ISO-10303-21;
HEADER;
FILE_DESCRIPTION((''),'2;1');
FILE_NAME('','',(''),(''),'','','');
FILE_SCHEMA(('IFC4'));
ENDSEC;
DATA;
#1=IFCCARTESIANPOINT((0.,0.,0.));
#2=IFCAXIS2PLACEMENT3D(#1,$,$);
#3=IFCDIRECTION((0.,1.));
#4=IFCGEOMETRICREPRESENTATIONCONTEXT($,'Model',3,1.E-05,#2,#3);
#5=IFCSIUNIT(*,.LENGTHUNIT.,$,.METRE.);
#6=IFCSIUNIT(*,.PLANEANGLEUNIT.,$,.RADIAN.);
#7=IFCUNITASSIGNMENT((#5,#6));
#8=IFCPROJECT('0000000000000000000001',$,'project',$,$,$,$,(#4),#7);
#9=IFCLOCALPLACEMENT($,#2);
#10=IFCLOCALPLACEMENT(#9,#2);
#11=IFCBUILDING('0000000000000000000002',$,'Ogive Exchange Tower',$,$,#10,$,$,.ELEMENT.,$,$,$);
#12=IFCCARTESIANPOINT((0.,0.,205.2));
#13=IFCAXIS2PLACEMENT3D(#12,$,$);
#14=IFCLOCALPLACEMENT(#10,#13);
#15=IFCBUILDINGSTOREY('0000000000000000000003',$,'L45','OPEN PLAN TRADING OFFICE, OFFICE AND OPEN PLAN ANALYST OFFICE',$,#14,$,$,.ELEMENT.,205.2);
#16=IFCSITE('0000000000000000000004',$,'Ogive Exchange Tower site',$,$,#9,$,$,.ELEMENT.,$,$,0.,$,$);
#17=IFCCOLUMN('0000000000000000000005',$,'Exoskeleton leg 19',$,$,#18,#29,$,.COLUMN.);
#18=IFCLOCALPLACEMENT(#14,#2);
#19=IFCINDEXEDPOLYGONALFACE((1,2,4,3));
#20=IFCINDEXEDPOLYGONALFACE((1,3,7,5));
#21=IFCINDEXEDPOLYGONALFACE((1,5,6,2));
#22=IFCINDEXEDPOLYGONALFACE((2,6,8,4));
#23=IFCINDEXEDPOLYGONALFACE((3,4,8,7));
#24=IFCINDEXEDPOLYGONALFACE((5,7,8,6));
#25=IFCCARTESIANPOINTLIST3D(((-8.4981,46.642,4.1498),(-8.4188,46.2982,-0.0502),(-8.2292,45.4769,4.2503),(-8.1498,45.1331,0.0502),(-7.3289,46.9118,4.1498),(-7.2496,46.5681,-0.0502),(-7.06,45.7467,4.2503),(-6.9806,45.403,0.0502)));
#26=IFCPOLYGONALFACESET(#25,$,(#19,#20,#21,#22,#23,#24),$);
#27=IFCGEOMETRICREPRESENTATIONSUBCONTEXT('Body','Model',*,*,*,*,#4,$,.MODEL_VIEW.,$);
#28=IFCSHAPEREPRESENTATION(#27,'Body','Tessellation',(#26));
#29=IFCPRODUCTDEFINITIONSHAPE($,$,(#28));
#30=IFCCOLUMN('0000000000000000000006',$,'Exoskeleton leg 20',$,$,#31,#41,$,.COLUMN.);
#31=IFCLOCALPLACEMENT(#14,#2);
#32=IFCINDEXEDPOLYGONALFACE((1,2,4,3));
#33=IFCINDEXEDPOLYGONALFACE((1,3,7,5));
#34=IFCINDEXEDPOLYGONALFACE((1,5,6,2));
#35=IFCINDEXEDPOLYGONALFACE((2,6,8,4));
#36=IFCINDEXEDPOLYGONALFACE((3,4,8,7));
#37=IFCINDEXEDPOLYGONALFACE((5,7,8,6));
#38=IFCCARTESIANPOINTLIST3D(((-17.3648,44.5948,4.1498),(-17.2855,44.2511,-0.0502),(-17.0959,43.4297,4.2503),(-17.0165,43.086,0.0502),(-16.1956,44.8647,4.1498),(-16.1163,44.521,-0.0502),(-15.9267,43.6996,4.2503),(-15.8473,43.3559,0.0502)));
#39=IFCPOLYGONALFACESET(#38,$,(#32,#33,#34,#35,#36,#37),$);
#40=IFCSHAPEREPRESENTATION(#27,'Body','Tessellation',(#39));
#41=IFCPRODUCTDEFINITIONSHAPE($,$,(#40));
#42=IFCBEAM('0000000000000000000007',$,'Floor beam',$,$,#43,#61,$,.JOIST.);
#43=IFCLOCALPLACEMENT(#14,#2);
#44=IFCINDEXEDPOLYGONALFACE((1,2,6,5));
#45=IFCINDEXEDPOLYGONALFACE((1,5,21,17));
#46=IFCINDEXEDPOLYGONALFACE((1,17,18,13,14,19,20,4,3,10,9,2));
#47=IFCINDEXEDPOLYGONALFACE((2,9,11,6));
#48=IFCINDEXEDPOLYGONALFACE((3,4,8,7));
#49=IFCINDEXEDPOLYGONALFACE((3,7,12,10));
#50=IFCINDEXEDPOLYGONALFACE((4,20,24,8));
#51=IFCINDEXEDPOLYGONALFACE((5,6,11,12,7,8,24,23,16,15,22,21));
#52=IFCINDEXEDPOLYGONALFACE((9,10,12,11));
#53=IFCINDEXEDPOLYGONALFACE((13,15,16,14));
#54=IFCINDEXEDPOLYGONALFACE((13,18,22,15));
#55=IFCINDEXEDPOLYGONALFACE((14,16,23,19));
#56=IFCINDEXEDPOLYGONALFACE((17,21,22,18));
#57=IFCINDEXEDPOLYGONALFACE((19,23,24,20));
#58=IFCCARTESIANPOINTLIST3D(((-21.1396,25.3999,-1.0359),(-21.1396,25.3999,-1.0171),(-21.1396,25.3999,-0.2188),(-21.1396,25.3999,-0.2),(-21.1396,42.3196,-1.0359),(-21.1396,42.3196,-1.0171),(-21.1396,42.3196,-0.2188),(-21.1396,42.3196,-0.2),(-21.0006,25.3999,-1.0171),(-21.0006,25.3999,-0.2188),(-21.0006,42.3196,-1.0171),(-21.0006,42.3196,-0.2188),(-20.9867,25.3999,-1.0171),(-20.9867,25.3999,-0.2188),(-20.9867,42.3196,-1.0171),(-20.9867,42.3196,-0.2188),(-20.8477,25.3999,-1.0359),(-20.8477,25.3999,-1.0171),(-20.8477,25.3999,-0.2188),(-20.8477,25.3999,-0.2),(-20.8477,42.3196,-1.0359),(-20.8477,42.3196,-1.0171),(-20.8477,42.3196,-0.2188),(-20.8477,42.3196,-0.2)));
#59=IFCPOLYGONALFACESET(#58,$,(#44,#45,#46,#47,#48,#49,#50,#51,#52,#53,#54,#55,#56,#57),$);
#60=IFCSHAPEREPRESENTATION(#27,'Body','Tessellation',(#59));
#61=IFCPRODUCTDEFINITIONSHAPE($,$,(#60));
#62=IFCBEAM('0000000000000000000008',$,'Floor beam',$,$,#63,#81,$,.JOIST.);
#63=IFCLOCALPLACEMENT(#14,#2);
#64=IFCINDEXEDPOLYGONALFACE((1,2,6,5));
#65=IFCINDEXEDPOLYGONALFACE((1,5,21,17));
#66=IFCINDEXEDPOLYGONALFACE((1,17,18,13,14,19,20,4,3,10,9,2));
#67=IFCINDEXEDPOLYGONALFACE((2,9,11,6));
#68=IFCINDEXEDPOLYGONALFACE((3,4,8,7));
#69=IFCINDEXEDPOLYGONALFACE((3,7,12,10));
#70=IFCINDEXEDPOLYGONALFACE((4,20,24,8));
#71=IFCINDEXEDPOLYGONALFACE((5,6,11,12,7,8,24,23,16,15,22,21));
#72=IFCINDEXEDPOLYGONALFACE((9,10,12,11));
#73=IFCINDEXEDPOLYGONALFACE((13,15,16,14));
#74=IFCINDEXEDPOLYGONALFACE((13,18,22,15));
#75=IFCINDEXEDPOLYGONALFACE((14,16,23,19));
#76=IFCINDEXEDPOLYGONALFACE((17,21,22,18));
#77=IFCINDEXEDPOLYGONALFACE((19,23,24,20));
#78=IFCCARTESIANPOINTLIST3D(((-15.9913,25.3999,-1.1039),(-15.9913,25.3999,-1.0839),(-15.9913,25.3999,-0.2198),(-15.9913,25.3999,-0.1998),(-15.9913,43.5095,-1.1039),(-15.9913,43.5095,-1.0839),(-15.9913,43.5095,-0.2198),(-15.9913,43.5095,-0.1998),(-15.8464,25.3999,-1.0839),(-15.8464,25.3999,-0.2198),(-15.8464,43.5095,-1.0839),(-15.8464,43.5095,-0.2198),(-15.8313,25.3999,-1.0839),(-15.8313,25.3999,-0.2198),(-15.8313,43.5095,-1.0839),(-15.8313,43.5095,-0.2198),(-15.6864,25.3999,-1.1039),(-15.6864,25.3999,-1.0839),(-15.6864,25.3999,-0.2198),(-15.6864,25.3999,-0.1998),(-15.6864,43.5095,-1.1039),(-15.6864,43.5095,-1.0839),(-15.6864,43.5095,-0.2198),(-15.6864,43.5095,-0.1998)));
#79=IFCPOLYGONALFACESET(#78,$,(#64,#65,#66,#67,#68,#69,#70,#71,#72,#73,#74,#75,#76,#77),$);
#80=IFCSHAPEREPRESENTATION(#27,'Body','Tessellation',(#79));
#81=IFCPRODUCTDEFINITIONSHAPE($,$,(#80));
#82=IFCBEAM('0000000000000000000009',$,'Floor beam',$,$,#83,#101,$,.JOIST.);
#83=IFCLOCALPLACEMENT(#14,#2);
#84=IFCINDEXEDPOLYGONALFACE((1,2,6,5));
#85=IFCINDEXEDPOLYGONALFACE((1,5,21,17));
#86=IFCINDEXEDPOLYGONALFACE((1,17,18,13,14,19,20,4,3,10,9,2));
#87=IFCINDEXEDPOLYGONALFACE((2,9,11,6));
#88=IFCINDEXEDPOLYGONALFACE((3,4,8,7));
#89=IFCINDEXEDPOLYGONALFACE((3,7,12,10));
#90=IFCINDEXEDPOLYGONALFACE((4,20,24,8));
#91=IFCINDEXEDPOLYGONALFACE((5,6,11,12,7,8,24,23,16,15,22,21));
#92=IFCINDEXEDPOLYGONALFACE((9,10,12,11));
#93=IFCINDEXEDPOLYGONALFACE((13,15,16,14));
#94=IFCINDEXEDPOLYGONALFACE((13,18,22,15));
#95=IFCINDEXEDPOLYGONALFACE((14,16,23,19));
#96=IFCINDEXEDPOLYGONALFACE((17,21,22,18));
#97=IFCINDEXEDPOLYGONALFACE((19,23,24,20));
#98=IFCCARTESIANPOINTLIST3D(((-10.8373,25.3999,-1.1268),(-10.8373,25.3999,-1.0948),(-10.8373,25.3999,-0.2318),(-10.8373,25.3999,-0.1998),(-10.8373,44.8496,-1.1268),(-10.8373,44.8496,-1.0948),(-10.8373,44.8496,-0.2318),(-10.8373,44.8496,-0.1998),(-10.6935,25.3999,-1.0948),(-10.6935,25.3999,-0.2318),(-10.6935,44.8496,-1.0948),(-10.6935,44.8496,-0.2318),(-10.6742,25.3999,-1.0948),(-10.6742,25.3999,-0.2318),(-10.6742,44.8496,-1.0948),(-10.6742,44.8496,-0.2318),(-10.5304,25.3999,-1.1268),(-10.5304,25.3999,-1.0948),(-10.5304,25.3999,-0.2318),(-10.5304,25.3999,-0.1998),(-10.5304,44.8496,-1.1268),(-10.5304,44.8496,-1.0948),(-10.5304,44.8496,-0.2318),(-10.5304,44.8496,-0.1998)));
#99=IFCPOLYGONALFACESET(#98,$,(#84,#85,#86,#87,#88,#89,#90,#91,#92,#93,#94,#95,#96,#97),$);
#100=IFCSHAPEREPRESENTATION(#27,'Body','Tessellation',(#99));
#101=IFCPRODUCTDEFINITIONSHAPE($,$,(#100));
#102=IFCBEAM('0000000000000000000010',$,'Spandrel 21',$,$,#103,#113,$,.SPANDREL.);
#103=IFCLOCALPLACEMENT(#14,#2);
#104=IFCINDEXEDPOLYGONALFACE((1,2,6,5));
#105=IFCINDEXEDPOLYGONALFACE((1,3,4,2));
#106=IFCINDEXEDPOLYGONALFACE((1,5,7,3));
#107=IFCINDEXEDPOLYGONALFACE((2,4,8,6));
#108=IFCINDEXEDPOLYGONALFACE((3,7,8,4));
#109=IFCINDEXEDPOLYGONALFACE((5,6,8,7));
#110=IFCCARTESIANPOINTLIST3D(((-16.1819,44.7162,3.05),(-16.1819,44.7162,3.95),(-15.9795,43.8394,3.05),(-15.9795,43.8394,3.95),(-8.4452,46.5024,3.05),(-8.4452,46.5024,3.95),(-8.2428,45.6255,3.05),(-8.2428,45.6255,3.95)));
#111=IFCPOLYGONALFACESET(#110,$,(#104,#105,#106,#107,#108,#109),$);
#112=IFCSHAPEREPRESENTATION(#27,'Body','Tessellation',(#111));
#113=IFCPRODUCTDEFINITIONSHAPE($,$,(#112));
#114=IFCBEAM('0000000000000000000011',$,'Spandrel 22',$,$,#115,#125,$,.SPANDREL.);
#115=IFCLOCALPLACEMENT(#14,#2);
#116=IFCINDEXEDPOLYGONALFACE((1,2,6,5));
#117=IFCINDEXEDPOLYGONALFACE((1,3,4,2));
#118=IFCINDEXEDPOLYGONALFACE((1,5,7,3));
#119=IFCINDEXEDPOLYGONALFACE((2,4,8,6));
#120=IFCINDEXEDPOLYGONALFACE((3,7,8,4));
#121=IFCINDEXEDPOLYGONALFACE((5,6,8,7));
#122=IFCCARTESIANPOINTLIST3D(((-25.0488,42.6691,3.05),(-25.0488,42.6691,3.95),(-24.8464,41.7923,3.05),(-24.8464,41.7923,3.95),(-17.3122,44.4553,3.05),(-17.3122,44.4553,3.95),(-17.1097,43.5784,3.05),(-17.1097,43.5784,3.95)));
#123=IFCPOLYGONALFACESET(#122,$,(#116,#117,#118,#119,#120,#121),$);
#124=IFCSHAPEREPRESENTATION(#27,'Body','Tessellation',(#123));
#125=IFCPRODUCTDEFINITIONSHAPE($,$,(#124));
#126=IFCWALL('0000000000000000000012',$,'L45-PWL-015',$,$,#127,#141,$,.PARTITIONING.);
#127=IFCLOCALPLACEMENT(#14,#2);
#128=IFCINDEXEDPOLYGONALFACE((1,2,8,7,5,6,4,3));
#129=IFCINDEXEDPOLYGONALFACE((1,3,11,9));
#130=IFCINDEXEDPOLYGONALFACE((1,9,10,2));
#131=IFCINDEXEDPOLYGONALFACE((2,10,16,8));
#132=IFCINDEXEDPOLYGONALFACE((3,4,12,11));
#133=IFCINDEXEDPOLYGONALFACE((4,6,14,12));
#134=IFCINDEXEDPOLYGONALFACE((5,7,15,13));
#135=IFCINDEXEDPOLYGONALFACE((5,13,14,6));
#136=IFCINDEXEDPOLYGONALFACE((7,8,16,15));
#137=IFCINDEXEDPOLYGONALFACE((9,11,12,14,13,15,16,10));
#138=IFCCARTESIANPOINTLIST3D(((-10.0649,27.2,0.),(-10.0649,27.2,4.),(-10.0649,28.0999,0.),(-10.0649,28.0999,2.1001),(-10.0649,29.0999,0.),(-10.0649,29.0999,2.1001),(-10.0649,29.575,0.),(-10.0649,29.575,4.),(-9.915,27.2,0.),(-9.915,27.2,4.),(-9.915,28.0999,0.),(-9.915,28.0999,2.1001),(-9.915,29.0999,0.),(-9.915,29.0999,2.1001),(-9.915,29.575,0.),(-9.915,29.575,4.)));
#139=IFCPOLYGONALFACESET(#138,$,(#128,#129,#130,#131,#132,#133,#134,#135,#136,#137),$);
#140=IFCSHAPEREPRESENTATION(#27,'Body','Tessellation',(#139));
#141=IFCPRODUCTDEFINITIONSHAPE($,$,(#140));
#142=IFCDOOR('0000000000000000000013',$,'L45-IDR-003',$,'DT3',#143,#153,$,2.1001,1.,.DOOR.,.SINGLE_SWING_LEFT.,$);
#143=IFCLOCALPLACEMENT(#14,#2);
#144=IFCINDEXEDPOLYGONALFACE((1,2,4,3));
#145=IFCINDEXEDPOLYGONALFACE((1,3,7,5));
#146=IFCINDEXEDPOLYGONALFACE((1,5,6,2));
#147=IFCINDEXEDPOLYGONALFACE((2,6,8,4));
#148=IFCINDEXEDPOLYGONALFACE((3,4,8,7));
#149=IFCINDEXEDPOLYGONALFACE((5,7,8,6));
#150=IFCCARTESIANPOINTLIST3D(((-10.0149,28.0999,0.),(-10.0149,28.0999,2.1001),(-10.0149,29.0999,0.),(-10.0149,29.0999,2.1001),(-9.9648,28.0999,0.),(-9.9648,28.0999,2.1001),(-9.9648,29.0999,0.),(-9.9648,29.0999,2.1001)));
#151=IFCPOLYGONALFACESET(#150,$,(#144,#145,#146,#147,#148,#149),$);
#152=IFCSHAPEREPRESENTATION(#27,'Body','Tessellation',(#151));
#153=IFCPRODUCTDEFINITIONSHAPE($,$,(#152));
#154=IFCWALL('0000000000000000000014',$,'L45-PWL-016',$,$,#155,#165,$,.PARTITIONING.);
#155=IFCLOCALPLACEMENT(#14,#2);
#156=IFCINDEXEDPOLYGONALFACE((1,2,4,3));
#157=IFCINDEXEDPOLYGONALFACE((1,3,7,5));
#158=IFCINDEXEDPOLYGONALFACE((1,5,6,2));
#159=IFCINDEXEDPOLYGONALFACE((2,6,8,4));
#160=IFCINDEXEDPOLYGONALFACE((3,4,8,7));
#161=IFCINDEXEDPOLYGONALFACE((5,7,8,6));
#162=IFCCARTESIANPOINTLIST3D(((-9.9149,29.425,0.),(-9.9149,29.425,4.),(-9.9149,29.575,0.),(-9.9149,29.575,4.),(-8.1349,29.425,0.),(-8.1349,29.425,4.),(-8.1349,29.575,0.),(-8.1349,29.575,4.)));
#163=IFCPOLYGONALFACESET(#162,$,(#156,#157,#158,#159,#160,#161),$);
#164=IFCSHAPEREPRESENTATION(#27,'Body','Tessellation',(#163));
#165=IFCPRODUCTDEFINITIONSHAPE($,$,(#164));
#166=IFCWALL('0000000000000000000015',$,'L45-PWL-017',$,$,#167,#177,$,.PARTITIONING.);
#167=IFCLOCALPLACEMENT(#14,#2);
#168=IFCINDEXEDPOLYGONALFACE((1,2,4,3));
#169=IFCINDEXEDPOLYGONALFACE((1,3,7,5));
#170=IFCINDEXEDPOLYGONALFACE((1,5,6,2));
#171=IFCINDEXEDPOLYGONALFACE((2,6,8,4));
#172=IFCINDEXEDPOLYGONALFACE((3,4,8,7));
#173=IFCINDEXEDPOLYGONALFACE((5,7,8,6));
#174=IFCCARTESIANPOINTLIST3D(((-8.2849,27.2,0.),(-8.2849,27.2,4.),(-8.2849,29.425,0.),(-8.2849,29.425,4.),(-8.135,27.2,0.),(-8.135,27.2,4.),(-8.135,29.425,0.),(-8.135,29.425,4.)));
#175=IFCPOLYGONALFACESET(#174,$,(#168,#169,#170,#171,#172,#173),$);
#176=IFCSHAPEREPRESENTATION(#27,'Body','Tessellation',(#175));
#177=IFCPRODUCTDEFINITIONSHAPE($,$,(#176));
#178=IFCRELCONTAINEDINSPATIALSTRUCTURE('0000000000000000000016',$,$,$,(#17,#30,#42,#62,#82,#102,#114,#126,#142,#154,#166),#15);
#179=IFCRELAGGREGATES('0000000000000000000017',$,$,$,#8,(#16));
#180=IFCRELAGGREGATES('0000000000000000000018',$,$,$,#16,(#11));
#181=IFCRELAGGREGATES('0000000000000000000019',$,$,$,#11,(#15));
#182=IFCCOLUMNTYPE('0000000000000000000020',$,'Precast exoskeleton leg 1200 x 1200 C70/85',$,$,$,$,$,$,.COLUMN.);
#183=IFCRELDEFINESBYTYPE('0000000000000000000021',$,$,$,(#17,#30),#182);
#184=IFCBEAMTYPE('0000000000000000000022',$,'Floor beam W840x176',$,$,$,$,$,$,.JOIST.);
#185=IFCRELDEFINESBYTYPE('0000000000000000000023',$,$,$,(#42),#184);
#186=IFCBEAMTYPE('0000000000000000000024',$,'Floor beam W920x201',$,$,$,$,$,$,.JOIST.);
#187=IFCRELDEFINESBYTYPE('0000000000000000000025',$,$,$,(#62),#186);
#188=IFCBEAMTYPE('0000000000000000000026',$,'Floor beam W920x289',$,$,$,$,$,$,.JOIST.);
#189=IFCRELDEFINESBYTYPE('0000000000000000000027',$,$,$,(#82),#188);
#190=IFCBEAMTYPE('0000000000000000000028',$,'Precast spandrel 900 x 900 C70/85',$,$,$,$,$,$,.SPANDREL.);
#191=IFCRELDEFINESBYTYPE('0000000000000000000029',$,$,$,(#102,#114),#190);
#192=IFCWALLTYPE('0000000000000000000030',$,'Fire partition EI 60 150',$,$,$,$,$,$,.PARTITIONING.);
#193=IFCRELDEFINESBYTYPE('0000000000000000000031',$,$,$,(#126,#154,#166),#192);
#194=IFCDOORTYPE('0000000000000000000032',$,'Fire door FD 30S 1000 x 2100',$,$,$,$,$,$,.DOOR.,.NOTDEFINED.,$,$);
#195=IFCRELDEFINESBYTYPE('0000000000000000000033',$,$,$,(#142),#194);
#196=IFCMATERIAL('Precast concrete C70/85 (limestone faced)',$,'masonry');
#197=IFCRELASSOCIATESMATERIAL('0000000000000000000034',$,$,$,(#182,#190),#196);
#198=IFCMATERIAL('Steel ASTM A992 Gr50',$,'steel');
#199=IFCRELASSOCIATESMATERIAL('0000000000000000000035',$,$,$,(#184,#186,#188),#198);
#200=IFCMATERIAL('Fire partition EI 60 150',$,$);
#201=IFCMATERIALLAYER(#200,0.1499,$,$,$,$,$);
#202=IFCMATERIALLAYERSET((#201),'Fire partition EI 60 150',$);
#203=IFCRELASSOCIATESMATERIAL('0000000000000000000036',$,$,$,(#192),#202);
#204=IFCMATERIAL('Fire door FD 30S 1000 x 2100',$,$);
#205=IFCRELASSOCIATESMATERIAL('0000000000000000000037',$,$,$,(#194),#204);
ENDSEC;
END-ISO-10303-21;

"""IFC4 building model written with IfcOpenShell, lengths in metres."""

from ifc_helpers import new_model, si_unit, direction, frame, frame_2d, origin, origin_2d, place, context, subcontext, project, spatial, rectangle, i_section, extrude, material, layer, layer_set, material_profile, profile_set, type_object, element, fill, save


model = new_model("IFC4")

# Units and contexts
model_context = context("Model", 3, precision=1e-05, world=origin(), true_north=direction((0.0, 1.0)))
body_context = subcontext(model_context, "Body", "Model", "MODEL_VIEW")
ifc_project = project(units=[si_unit("LENGTHUNIT", "METRE"), si_unit("PLANEANGLEUNIT", "RADIAN")], contexts=[model_context])

# Site, building, storey
site_placement = place(None, origin())
site = spatial("IfcSite", under=ifc_project, at=site_placement, Name="Ogive Exchange Tower site", CompositionType="ELEMENT", RefElevation=0.0)
building_placement = place(site_placement, origin())
building = spatial("IfcBuilding", under=site, at=building_placement, Name="Ogive Exchange Tower", CompositionType="ELEMENT")
storey_placement = place(building_placement, frame((0.0, 0.0, 205.2)))
storey = spatial("IfcBuildingStorey", under=building, at=storey_placement, Name="L45", Description="OPEN PLAN TRADING OFFICE, OFFICE AND OPEN PLAN ANALYST OFFICE", CompositionType="ELEMENT", Elevation=205.2)

# Columns
ifc_material_1 = material(Name="Precast concrete C70/85 (limestone faced)", Category="masonry")
ifc_material_profile_1 = material_profile(ifc_material_1, rectangle(XDim=1.2, YDim=1.2, at=origin_2d()), Name="1200 x 1200")
ifc_profile_set_1 = profile_set([ifc_material_profile_1], Name="Precast concrete C70/85 (limestone faced)")
column_type = type_object("IfcColumnType", Name="Precast exoskeleton leg 1200 x 1200 C70/85", PredefinedType="COLUMN", material=ifc_profile_set_1)
for number, where, z_axis, x_axis, name in (
    (1, (-7.6997, 45.8506, 0.0), (-0.018826, 0.081559, 0.996491), (-0.97438, -0.22491, 0.0), "Exoskeleton leg 19"),
    (2, (-16.5664, 43.8035, 0.0), (-0.018826, 0.081559, 0.996491), (-0.97438, -0.22491, 0.0), "Exoskeleton leg 20"),
):
    element("IfcColumn", number, at=place(storey_placement, frame(where, z_axis=z_axis, x_axis=x_axis)), inside=storey, type_object=column_type, Name=name, PredefinedType="COLUMN", context=body_context, shape_type="SweptSolid", body=[
        extrude(rectangle(XDim=1.2, YDim=1.2, at=origin_2d()), origin(), (0.0, 0.0, 1.0), 4.2148),
    ])

# Beams
ifc_material_2 = material(Name="Steel ASTM A992 Gr50", Category="steel")
ifc_material_profile_2 = material_profile(ifc_material_2, i_section(OverallWidth=0.292, OverallDepth=0.8359, WebThickness=0.0139, FlangeThickness=0.0188, at=origin_2d()), Name="W840x176")
ifc_profile_set_2 = profile_set([ifc_material_profile_2], Name="Steel ASTM A992 Gr50")
beam_type_1 = type_object("IfcBeamType", Name="Floor beam W840x176", PredefinedType="JOIST", material=ifc_profile_set_2)
beam_1_placement = place(storey_placement, frame((-20.9937, 25.3999, -0.6179), z_axis=(0.0, 1.0, 0.0), x_axis=(-1.0, 0.0, 0.0)))
element("IfcBeam", 3, at=beam_1_placement, inside=storey, type_object=beam_type_1, Name="Floor beam", PredefinedType="JOIST", context=body_context, shape_type="SweptSolid", body=[
    extrude(i_section(OverallWidth=0.292, OverallDepth=0.8359, WebThickness=0.0139, FlangeThickness=0.0188, at=origin_2d()), origin(), (0.0, 0.0, 1.0), 16.9197),
])
ifc_material_profile_3 = material_profile(ifc_material_2, i_section(OverallWidth=0.3049, OverallDepth=0.9041, WebThickness=0.0151, FlangeThickness=0.02, at=origin_2d()), Name="W920x201")
ifc_profile_set_3 = profile_set([ifc_material_profile_3], Name="Steel ASTM A992 Gr50")
beam_type_2 = type_object("IfcBeamType", Name="Floor beam W920x201", PredefinedType="JOIST", material=ifc_profile_set_3)
beam_2_placement = place(storey_placement, frame((-15.8389, 25.3999, -0.6519), z_axis=(0.0, 1.0, 0.0), x_axis=(-1.0, 0.0, 0.0)))
element("IfcBeam", 4, at=beam_2_placement, inside=storey, type_object=beam_type_2, Name="Floor beam", PredefinedType="JOIST", context=body_context, shape_type="SweptSolid", body=[
    extrude(i_section(OverallWidth=0.3049, OverallDepth=0.9041, WebThickness=0.0151, FlangeThickness=0.02, at=origin_2d()), origin(), (0.0, 0.0, 1.0), 18.1096),
])
ifc_material_profile_4 = material_profile(ifc_material_2, i_section(OverallWidth=0.3069, OverallDepth=0.927, WebThickness=0.0193, FlangeThickness=0.032, at=origin_2d()), Name="W920x289")
ifc_profile_set_4 = profile_set([ifc_material_profile_4], Name="Steel ASTM A992 Gr50")
beam_type_3 = type_object("IfcBeamType", Name="Floor beam W920x289", PredefinedType="JOIST", material=ifc_profile_set_4)
beam_3_placement = place(storey_placement, frame((-10.6838, 25.3999, -0.6633), z_axis=(0.0, 1.0, 0.0), x_axis=(-1.0, 0.0, 0.0)))
element("IfcBeam", 5, at=beam_3_placement, inside=storey, type_object=beam_type_3, Name="Floor beam", PredefinedType="JOIST", context=body_context, shape_type="SweptSolid", body=[
    extrude(i_section(OverallWidth=0.3069, OverallDepth=0.927, WebThickness=0.0193, FlangeThickness=0.032, at=origin_2d()), origin(), (0.0, 0.0, 1.0), 19.4497),
])
ifc_material_profile_5 = material_profile(ifc_material_1, rectangle(XDim=0.8999, YDim=0.8999, at=origin_2d()), Name="900 x 900")
ifc_profile_set_5 = profile_set([ifc_material_profile_5], Name="Precast concrete C70/85 (limestone faced)")
beam_type_4 = type_object("IfcBeamType", Name="Precast spandrel 900 x 900 C70/85", PredefinedType="SPANDREL", material=ifc_profile_set_5)
for number, where, z_axis, x_axis, name in (
    (6, (-8.344, 46.064, 3.5), (-0.97437, -0.224952, 0.0), (0.224952, -0.97437, 0.0), "Spandrel 21"),
    (7, (-17.2109, 44.0168, 3.5), (-0.97437, -0.224952, 0.0), (0.224952, -0.97437, 0.0), "Spandrel 22"),
):
    element("IfcBeam", number, at=place(storey_placement, frame(where, z_axis=z_axis, x_axis=x_axis)), inside=storey, type_object=beam_type_4, Name=name, PredefinedType="SPANDREL", context=body_context, shape_type="SweptSolid", body=[
        extrude(rectangle(XDim=0.8999, YDim=0.8999, at=origin_2d()), origin(), (0.0, 0.0, 1.0), 7.9402),
    ])

# Wall, opening, door
ifc_material_3 = material(Name="Fire partition EI 60 150")
ifc_layer_1 = layer(ifc_material_3, 0.1499)
ifc_layer_set_1 = layer_set([ifc_layer_1], Name="Fire partition EI 60 150")
wall_type_1 = type_object("IfcWallType", Name="Fire partition EI 60 150", PredefinedType="PARTITIONING", material=ifc_layer_set_1)
wall_1_placement = place(storey_placement, frame((-9.99, 27.2, 0.0), z_axis=(0.0, 0.0, 1.0), x_axis=(0.0, 1.0, 0.0)))
wall_1 = element("IfcWall", 8, at=wall_1_placement, inside=storey, type_object=wall_type_1, Name="L45-PWL-015", PredefinedType="PARTITIONING", context=body_context, shape_type="SweptSolid", body=[
    extrude(rectangle(XDim=2.375, YDim=0.1499, at=frame_2d((1.1875, 0.0))), origin(), (0.0, 0.0, 1.0), 4.0),
])
opening_1_placement = place(wall_1_placement, frame((0.8999, 0.0, 0.0)))
opening_1 = element("IfcOpeningElement", 9, at=opening_1_placement, cuts=wall_1, PredefinedType="OPENING", context=body_context, shape_type="SweptSolid", body=[
    extrude(rectangle(XDim=1.0, YDim=2.1001, at=frame_2d((0.5, 1.05))), frame((0.0, 0.085, 0.0), z_axis=(0.0, -1.0, 0.0), x_axis=(1.0, 0.0, 0.0)), (0.0, 0.0, 1.0), 0.1699),
])
ifc_material_4 = material(Name="Fire door FD 30S 1000 x 2100")
door_type_1 = type_object("IfcDoorType", Name="Fire door FD 30S 1000 x 2100", OperationType="NOTDEFINED", PredefinedType="DOOR", material=ifc_material_4)
door_1_placement = place(opening_1_placement, origin())
door_1 = element("IfcDoor", 10, at=door_1_placement, inside=storey, type_object=door_type_1, Name="L45-IDR-003", ObjectType="DT3", OperationType="SINGLE_SWING_LEFT", OverallHeight=2.1001, OverallWidth=1.0, PredefinedType="DOOR", context=body_context, shape_type="SweptSolid", body=[
    extrude(rectangle(XDim=1.0, YDim=2.1001, at=frame_2d((0.5, 1.05))), frame((0.0, 0.0249, 0.0), z_axis=(0.0, -1.0, 0.0), x_axis=(1.0, 0.0, 0.0)), (0.0, 0.0, 1.0), 0.05),
])
fill(opening_1, door_1)

# Walls
wall_2_placement = place(storey_placement, frame((-9.915, 29.5, 0.0), z_axis=(0.0, 0.0, 1.0), x_axis=(1.0, 0.0, 0.0)))
element("IfcWall", 11, at=wall_2_placement, inside=storey, type_object=wall_type_1, Name="L45-PWL-016", PredefinedType="PARTITIONING", context=body_context, shape_type="SweptSolid", body=[
    extrude(rectangle(XDim=1.78, YDim=0.1499, at=frame_2d((0.8901, 0.0))), origin(), (0.0, 0.0, 1.0), 4.0),
])
wall_3_placement = place(storey_placement, frame((-8.21, 29.425, 0.0), z_axis=(0.0, 0.0, 1.0), x_axis=(0.0, -1.0, 0.0)))
element("IfcWall", 12, at=wall_3_placement, inside=storey, type_object=wall_type_1, Name="L45-PWL-017", PredefinedType="PARTITIONING", context=body_context, shape_type="SweptSolid", body=[
    extrude(rectangle(XDim=2.2251, YDim=0.1499, at=frame_2d((1.1125, 0.0))), origin(), (0.0, 0.0, 1.0), 4.0),
])

save(model, "model.ifc")
